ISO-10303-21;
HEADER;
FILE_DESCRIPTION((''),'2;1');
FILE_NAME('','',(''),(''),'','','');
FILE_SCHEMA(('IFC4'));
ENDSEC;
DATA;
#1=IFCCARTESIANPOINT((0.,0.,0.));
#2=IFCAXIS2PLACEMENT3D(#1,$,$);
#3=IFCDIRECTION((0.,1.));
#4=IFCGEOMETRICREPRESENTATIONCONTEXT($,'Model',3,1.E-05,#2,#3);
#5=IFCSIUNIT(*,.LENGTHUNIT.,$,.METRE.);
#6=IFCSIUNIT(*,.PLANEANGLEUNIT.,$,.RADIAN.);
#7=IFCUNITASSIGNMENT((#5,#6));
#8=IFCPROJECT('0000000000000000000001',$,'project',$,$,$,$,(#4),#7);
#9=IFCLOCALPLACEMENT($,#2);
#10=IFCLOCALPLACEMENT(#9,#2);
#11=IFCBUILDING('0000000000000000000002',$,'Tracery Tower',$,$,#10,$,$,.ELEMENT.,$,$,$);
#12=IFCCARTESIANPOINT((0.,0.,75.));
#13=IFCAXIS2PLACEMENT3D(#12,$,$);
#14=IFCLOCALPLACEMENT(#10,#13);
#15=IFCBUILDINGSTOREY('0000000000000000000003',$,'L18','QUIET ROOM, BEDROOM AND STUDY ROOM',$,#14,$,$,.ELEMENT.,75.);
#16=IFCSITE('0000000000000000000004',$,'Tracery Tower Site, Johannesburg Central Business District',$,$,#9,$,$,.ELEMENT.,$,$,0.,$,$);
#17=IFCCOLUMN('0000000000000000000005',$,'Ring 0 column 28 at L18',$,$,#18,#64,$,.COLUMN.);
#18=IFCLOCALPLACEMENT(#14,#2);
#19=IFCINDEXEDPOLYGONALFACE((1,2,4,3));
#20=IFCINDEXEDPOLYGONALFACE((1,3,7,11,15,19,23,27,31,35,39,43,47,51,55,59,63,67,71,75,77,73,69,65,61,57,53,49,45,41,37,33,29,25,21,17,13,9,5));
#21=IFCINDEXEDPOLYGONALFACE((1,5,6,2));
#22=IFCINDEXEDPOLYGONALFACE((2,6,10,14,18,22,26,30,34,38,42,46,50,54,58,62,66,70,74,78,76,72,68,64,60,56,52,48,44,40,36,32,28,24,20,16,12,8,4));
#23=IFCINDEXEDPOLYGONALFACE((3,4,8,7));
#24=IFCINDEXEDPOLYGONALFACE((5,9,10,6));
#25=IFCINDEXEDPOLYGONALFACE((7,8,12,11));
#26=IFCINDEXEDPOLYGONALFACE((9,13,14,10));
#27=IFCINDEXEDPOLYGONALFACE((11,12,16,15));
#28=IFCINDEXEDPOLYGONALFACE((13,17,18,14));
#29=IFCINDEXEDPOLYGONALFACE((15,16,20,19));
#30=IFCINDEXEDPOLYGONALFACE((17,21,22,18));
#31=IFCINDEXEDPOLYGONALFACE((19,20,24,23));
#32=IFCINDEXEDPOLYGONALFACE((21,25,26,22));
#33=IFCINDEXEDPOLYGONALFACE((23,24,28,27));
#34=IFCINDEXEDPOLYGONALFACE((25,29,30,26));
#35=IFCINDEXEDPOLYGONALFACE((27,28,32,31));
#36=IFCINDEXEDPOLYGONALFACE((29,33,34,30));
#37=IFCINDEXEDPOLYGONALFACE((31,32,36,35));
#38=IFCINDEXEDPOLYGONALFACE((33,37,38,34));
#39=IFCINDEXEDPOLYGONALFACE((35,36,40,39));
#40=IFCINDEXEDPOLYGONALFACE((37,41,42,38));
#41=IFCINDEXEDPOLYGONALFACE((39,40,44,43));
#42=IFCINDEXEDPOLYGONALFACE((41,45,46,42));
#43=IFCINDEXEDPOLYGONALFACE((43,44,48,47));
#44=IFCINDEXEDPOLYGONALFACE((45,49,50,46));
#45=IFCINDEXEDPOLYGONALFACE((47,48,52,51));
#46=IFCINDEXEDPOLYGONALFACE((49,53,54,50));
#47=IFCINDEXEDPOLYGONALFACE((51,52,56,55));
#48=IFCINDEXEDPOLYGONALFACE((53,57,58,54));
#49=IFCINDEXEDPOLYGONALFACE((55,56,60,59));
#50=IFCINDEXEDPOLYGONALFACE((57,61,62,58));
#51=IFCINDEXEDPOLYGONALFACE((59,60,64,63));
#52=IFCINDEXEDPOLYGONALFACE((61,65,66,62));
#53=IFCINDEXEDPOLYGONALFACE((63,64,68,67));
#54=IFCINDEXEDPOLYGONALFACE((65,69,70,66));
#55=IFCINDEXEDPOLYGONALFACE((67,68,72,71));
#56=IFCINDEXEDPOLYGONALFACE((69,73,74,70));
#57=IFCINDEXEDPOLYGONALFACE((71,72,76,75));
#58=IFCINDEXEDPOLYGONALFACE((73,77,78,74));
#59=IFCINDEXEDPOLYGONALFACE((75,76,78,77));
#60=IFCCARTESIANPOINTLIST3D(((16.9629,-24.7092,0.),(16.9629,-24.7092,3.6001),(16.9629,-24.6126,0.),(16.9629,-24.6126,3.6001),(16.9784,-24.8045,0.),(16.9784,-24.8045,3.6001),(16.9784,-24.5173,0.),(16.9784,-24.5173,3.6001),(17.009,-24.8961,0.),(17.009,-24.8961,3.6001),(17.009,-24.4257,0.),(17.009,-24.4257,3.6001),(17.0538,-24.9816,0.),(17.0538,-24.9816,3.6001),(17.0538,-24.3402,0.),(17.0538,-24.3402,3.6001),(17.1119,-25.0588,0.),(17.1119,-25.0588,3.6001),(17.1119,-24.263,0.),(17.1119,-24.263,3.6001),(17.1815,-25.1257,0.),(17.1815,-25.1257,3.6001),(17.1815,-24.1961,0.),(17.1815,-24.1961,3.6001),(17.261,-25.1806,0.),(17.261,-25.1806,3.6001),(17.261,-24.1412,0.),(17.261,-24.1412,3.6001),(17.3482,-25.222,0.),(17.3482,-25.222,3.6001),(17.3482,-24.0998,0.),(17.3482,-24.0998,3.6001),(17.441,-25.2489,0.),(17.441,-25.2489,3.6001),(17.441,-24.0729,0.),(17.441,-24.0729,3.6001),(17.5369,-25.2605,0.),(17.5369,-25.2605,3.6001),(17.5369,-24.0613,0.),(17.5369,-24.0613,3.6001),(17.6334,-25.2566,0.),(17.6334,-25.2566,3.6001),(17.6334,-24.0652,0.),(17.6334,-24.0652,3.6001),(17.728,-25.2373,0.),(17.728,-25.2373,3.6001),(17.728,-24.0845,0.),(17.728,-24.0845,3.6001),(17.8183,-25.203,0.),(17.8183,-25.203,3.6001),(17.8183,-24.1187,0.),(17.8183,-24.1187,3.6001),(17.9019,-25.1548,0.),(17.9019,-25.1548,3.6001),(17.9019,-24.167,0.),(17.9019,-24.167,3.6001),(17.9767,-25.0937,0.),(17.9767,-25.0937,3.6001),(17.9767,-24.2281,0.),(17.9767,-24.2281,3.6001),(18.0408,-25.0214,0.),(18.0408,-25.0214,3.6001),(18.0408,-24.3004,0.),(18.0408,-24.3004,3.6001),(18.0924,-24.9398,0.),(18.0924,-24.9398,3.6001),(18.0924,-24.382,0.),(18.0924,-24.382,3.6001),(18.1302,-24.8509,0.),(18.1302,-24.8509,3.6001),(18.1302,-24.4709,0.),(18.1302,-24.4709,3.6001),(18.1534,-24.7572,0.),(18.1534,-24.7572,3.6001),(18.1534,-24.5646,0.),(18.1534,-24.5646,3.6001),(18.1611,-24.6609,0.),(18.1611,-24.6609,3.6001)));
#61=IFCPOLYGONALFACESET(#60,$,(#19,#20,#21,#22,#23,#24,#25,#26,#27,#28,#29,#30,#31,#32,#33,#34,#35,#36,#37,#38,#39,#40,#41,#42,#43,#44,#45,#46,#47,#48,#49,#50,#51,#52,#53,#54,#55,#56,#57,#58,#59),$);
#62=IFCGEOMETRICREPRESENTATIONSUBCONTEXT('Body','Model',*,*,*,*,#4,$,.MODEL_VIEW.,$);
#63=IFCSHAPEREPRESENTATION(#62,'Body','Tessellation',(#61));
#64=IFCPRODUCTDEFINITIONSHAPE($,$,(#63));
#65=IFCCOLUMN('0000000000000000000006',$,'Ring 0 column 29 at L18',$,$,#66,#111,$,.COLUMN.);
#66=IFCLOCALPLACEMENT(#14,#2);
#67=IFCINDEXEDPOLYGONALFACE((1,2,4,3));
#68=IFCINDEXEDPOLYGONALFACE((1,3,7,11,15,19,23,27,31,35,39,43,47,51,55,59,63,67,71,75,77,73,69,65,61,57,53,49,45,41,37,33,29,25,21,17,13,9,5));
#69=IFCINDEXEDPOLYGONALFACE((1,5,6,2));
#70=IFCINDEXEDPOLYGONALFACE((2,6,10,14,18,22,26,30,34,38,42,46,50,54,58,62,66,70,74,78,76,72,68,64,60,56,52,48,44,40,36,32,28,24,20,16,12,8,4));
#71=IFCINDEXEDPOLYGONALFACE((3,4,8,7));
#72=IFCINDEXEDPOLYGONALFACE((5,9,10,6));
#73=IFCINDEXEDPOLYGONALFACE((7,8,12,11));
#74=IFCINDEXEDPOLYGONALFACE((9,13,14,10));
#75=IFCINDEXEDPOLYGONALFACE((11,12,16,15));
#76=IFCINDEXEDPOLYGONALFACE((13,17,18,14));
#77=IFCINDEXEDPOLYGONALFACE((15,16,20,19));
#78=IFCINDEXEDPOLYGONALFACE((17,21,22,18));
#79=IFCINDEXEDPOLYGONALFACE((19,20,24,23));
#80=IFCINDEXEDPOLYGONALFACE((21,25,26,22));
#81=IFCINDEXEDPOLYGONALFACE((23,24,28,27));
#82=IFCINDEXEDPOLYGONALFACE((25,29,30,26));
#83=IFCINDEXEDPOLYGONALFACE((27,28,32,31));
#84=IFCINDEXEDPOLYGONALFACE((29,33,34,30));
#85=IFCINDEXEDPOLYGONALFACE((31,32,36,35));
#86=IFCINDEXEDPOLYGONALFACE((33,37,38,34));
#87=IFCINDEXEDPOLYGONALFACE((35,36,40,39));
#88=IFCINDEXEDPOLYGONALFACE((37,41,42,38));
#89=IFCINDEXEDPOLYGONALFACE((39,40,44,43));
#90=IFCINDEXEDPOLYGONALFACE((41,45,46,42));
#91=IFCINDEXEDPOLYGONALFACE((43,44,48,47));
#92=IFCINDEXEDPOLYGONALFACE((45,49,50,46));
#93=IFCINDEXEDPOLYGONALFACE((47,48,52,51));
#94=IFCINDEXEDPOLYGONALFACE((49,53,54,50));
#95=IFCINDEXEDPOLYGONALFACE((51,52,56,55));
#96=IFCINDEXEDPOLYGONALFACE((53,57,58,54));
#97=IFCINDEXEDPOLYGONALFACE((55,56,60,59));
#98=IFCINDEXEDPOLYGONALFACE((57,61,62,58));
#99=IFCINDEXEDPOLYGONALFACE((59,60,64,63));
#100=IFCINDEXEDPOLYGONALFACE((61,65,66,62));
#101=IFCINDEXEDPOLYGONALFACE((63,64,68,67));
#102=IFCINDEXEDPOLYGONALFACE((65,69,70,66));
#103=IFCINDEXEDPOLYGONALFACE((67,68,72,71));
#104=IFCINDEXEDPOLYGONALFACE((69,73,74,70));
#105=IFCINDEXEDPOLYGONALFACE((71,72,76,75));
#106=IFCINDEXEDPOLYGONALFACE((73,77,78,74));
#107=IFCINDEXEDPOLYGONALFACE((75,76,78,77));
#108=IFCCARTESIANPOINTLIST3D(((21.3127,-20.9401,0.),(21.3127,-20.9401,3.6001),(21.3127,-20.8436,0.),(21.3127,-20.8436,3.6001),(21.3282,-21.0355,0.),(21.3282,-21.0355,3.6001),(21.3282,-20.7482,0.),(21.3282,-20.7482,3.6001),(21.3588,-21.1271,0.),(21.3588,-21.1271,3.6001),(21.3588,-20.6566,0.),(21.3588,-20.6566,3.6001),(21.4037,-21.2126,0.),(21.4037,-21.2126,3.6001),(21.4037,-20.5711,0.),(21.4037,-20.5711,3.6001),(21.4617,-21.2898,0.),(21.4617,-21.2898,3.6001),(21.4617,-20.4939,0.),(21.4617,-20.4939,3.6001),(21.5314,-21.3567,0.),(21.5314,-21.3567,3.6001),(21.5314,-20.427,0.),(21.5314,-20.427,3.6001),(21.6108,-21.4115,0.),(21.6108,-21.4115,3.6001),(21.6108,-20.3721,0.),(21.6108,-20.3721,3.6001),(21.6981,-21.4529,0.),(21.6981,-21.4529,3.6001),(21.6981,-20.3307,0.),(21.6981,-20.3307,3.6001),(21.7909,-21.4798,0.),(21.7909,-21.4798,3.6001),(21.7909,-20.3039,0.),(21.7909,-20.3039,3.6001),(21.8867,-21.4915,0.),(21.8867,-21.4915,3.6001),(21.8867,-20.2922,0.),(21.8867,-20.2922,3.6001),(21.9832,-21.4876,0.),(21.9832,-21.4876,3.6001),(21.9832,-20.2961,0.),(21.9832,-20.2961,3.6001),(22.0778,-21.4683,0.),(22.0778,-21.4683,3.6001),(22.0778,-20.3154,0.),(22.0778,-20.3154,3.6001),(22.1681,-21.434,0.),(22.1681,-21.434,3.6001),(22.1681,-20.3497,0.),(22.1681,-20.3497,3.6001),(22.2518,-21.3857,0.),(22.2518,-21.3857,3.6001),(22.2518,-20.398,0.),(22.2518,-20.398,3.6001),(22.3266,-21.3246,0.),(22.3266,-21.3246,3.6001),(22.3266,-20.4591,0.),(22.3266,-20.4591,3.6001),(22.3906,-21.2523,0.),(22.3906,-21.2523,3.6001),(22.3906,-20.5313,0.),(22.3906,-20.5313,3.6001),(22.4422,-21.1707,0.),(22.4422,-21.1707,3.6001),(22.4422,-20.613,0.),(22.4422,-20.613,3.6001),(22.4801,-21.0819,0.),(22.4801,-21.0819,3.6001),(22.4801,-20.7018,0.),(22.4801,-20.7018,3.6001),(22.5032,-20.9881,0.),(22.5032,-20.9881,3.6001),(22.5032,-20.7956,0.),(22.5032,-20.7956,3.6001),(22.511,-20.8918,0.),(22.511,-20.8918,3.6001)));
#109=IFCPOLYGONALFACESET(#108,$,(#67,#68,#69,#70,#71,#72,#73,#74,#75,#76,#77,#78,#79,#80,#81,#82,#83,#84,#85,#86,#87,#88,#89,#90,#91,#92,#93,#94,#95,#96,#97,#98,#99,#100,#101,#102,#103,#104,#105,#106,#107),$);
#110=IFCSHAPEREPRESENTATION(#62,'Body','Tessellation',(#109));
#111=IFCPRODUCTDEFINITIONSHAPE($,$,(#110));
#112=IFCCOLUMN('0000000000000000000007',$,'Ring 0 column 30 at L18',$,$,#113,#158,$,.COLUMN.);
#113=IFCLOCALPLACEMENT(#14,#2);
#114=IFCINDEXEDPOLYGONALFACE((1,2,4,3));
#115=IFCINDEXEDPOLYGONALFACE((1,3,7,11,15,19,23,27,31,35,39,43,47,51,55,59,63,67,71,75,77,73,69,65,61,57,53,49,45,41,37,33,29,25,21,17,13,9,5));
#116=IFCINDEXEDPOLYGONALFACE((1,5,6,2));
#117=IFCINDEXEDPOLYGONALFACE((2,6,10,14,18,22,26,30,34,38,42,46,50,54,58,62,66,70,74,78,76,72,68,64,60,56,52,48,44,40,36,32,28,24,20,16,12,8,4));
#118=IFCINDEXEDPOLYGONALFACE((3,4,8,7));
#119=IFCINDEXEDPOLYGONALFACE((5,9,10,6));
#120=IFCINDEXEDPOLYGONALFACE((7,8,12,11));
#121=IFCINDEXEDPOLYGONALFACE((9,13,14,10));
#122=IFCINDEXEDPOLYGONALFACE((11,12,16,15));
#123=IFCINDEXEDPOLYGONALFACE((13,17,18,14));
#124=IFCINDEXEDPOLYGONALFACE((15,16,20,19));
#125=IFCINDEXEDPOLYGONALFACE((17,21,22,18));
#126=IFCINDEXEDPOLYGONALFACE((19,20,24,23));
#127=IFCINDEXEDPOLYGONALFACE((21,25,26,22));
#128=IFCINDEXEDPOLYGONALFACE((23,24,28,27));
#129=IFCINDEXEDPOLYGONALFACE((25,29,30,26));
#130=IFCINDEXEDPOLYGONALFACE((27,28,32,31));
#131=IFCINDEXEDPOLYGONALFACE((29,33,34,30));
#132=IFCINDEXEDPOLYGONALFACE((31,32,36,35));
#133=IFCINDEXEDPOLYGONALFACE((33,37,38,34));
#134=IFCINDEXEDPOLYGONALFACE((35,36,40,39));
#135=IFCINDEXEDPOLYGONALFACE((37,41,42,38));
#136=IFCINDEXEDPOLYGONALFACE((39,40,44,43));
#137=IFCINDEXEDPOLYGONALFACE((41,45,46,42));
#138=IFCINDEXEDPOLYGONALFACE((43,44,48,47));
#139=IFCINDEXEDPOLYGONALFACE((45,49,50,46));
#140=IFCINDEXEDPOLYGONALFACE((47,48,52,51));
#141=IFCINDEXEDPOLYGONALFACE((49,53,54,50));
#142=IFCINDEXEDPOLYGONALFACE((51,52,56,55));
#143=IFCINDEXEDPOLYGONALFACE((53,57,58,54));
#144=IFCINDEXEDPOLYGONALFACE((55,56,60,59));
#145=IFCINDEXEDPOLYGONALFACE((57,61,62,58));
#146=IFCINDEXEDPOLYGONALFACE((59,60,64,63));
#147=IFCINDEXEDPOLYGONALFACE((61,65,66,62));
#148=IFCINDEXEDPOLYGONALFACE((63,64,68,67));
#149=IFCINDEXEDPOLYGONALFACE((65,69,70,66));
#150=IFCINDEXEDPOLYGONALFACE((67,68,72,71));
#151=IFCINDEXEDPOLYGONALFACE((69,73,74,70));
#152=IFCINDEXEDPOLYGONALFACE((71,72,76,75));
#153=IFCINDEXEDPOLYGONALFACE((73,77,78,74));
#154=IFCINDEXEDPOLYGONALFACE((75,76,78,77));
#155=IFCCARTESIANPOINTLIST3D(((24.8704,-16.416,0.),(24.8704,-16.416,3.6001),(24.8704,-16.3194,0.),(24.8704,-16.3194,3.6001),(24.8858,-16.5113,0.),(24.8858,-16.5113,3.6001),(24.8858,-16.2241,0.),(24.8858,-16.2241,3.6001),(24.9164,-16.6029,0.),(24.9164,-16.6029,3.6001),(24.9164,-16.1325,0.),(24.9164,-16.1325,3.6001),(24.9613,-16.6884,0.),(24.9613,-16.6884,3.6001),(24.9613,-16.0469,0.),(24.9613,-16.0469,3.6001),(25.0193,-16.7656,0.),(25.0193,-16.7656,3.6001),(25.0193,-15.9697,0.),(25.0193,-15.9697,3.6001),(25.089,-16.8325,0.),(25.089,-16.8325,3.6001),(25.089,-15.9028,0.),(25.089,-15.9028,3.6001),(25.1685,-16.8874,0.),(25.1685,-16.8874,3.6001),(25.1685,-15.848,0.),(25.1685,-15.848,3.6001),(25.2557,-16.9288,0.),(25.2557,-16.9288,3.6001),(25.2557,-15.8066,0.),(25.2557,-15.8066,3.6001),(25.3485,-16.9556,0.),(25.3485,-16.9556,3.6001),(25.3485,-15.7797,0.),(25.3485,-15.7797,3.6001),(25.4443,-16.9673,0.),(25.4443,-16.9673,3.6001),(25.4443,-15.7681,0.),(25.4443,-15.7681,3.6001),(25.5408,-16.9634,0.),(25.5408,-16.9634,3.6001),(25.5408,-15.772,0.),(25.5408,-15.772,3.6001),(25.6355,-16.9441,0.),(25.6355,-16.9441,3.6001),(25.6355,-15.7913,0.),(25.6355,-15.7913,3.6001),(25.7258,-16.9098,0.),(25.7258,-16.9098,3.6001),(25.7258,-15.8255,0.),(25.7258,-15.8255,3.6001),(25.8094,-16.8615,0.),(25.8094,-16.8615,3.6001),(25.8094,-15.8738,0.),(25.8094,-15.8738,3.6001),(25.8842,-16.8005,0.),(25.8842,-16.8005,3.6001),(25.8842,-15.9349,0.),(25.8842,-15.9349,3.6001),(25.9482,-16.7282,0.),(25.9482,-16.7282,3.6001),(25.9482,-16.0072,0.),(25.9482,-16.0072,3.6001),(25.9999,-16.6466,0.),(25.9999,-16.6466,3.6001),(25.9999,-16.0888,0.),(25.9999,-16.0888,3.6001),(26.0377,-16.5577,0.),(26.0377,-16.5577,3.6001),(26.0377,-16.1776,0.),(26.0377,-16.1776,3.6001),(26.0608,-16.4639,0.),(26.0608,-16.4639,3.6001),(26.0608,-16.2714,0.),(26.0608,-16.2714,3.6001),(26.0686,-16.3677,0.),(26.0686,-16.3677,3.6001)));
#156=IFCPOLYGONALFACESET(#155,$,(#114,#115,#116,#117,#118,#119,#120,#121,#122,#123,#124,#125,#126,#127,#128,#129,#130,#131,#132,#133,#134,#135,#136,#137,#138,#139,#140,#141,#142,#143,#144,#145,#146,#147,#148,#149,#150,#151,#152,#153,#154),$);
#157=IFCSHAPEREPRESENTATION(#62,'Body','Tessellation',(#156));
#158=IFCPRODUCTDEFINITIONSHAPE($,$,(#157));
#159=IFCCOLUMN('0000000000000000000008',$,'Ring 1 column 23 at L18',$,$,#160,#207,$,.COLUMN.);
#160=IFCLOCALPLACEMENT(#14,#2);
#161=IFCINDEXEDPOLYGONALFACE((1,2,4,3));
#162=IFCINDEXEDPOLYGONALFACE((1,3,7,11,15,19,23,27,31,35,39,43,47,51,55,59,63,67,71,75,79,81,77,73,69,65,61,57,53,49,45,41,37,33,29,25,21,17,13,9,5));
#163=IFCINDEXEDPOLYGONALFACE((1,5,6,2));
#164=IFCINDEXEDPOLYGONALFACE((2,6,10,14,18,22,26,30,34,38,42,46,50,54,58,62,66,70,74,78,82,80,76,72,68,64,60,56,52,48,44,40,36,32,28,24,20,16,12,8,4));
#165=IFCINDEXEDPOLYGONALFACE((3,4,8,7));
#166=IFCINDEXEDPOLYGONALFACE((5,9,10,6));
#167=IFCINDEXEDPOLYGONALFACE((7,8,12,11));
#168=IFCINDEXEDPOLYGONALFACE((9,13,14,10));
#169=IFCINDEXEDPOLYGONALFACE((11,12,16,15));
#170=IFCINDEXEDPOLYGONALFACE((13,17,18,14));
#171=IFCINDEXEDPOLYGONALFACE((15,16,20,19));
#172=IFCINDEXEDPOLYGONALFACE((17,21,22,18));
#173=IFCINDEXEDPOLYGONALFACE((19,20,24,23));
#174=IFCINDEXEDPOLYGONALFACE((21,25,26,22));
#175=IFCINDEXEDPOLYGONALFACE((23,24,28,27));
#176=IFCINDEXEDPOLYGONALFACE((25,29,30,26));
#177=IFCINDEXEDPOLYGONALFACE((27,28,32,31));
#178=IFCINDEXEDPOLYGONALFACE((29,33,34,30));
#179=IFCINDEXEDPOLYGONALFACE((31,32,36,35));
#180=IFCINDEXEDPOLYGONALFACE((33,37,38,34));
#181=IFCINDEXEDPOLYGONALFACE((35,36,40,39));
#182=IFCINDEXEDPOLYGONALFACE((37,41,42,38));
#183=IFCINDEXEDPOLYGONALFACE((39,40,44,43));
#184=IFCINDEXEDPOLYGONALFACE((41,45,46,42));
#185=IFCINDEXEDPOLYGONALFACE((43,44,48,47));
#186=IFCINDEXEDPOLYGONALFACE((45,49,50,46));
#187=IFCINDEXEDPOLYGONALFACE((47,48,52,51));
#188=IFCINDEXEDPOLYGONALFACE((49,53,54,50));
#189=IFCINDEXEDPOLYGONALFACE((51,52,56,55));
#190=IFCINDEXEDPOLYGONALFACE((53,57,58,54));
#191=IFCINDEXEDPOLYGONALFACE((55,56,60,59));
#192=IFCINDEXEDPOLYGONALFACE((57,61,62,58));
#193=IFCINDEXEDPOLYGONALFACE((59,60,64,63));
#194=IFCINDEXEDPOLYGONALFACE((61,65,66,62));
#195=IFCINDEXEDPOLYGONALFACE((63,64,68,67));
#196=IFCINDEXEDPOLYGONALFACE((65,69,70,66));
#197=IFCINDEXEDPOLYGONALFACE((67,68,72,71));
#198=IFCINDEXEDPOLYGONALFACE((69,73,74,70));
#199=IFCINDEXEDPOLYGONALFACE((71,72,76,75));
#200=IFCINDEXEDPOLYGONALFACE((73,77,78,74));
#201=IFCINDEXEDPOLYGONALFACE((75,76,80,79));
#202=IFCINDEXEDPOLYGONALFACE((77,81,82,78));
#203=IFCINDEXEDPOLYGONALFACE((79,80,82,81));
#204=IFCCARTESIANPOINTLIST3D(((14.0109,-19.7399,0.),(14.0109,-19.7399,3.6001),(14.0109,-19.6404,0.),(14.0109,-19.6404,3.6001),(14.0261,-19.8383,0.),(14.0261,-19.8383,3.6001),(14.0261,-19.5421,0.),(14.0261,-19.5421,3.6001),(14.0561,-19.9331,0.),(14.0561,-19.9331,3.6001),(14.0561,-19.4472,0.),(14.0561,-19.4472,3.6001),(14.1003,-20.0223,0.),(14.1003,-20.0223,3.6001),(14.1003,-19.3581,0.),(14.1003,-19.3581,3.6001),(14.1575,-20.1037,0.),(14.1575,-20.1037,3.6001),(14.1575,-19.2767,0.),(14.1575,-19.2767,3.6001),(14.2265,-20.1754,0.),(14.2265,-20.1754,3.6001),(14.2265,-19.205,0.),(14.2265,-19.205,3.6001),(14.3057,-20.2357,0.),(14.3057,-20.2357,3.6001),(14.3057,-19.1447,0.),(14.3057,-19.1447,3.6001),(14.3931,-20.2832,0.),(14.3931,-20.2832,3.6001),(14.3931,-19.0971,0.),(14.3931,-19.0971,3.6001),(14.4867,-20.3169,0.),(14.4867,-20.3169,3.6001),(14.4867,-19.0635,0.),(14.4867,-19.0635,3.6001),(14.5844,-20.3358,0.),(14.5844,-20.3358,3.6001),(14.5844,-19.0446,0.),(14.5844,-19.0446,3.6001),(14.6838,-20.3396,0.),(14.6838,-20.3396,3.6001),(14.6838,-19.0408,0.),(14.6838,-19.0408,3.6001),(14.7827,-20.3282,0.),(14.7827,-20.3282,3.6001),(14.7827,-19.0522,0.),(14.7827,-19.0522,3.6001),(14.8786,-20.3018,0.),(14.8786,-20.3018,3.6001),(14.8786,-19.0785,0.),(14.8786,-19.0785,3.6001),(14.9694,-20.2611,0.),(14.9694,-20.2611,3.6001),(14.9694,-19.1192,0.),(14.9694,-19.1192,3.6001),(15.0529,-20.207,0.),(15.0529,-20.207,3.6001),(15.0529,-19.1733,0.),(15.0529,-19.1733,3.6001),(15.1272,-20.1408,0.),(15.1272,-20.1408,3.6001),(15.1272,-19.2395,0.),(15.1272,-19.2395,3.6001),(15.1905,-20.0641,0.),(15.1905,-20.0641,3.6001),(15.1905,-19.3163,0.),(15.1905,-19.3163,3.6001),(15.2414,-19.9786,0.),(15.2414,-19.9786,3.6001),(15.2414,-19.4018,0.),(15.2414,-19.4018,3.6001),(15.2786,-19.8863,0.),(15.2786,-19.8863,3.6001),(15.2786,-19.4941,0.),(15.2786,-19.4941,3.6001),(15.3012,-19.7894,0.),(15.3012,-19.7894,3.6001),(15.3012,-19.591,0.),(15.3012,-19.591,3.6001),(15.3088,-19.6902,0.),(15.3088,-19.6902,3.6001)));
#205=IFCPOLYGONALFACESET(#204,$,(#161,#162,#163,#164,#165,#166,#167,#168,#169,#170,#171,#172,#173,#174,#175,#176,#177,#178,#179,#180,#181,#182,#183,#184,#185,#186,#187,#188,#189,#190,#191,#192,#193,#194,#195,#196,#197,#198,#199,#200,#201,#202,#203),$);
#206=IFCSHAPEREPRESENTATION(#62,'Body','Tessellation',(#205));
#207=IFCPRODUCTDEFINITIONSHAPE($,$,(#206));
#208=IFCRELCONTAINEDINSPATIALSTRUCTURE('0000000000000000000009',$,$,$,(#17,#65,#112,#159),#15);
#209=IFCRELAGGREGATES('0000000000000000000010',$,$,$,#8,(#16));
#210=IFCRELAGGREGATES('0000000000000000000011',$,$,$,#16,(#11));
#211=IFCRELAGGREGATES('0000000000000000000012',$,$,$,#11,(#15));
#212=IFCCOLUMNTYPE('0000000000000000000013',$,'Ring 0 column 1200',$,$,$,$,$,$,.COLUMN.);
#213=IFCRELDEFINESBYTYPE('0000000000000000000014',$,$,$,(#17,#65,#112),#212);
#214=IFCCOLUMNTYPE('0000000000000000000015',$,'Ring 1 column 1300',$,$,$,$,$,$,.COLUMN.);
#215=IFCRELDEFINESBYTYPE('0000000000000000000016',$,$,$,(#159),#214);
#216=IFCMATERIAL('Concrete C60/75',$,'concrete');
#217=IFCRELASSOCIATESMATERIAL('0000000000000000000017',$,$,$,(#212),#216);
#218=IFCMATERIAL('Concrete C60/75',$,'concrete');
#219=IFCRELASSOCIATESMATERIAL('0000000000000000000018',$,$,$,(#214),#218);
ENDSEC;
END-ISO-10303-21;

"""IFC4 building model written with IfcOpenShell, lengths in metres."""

from ifc_helpers import new_model, si_unit, direction, frame, origin, origin_2d, place, context, subcontext, project, spatial, circle, extrude, material, material_profile, profile_set, type_object, element, save


model = new_model("IFC4")

# Units and contexts
model_context = context("Model", 3, precision=1e-05, world=origin(), true_north=direction((0.0, 1.0)))
body_context = subcontext(model_context, "Body", "Model", "MODEL_VIEW")
ifc_project = project(units=[si_unit("LENGTHUNIT", "METRE"), si_unit("PLANEANGLEUNIT", "RADIAN")], contexts=[model_context])

# Site, building, storey
site_placement = place(None, origin())
site = spatial("IfcSite", under=ifc_project, at=site_placement, Name="Tracery Tower Site, Johannesburg Central Business District", CompositionType="ELEMENT", RefElevation=0.0)
building_placement = place(site_placement, origin())
building = spatial("IfcBuilding", under=site, at=building_placement, Name="Tracery Tower", CompositionType="ELEMENT")
storey_placement = place(building_placement, frame((0.0, 0.0, 75.0)))
storey = spatial("IfcBuildingStorey", under=building, at=storey_placement, Name="L18", Description="QUIET ROOM, BEDROOM AND STUDY ROOM", CompositionType="ELEMENT", Elevation=75.0)

# Columns
ifc_material_1 = material(Name="Concrete C60/75", Category="concrete")
ifc_material_profile_1 = material_profile(ifc_material_1, circle(Radius=0.6001, at=origin_2d()), Name="RC D1200")
ifc_profile_set_1 = profile_set([ifc_material_profile_1], Name="Concrete C60/75")
column_type_1 = type_object("IfcColumnType", Name="Ring 0 column 1200", PredefinedType="COLUMN", material=ifc_profile_set_1)
for number, where, z_axis, x_axis, name in (
    (1, (17.561, -24.6609, 0.0), (0.0, 0.0, 1.0), (1.0, 0.0, 0.0), "Ring 0 column 28 at L18"),
    (2, (21.9109, -20.8918, 0.0), (0.0, 0.0, 1.0), (1.0, 0.0, 0.0), "Ring 0 column 29 at L18"),
    (3, (25.4685, -16.3677, 0.0), (0.0, 0.0, 1.0), (1.0, 0.0, 0.0), "Ring 0 column 30 at L18"),
):
    element("IfcColumn", number, at=place(storey_placement, frame(where, z_axis=z_axis, x_axis=x_axis)), inside=storey, type_object=column_type_1, Name=name, PredefinedType="COLUMN", context=body_context, shape_type="SweptSolid", body=[
        extrude(circle(Radius=0.6001, at=origin_2d()), origin(), (0.0, 0.0, 1.0), 3.6001),
    ])
ifc_material_2 = material(Name="Concrete C60/75", Category="concrete")
ifc_material_profile_2 = material_profile(ifc_material_2, circle(Radius=0.6499, at=origin_2d()), Name="RC D1300")
ifc_profile_set_2 = profile_set([ifc_material_profile_2], Name="Concrete C60/75")
column_type_2 = type_object("IfcColumnType", Name="Ring 1 column 1300", PredefinedType="COLUMN", material=ifc_profile_set_2)
for number, where, z_axis, x_axis, name in (
    (4, (14.6589, -19.6902, 0.0), (0.0, 0.0, 1.0), (1.0, 0.0, 0.0), "Ring 1 column 23 at L18"),
):
    element("IfcColumn", number, at=place(storey_placement, frame(where, z_axis=z_axis, x_axis=x_axis)), inside=storey, type_object=column_type_2, Name=name, PredefinedType="COLUMN", context=body_context, shape_type="SweptSolid", body=[
        extrude(circle(Radius=0.6499, at=origin_2d()), origin(), (0.0, 0.0, 1.0), 3.6001),
    ])

save(model, "model.ifc")
